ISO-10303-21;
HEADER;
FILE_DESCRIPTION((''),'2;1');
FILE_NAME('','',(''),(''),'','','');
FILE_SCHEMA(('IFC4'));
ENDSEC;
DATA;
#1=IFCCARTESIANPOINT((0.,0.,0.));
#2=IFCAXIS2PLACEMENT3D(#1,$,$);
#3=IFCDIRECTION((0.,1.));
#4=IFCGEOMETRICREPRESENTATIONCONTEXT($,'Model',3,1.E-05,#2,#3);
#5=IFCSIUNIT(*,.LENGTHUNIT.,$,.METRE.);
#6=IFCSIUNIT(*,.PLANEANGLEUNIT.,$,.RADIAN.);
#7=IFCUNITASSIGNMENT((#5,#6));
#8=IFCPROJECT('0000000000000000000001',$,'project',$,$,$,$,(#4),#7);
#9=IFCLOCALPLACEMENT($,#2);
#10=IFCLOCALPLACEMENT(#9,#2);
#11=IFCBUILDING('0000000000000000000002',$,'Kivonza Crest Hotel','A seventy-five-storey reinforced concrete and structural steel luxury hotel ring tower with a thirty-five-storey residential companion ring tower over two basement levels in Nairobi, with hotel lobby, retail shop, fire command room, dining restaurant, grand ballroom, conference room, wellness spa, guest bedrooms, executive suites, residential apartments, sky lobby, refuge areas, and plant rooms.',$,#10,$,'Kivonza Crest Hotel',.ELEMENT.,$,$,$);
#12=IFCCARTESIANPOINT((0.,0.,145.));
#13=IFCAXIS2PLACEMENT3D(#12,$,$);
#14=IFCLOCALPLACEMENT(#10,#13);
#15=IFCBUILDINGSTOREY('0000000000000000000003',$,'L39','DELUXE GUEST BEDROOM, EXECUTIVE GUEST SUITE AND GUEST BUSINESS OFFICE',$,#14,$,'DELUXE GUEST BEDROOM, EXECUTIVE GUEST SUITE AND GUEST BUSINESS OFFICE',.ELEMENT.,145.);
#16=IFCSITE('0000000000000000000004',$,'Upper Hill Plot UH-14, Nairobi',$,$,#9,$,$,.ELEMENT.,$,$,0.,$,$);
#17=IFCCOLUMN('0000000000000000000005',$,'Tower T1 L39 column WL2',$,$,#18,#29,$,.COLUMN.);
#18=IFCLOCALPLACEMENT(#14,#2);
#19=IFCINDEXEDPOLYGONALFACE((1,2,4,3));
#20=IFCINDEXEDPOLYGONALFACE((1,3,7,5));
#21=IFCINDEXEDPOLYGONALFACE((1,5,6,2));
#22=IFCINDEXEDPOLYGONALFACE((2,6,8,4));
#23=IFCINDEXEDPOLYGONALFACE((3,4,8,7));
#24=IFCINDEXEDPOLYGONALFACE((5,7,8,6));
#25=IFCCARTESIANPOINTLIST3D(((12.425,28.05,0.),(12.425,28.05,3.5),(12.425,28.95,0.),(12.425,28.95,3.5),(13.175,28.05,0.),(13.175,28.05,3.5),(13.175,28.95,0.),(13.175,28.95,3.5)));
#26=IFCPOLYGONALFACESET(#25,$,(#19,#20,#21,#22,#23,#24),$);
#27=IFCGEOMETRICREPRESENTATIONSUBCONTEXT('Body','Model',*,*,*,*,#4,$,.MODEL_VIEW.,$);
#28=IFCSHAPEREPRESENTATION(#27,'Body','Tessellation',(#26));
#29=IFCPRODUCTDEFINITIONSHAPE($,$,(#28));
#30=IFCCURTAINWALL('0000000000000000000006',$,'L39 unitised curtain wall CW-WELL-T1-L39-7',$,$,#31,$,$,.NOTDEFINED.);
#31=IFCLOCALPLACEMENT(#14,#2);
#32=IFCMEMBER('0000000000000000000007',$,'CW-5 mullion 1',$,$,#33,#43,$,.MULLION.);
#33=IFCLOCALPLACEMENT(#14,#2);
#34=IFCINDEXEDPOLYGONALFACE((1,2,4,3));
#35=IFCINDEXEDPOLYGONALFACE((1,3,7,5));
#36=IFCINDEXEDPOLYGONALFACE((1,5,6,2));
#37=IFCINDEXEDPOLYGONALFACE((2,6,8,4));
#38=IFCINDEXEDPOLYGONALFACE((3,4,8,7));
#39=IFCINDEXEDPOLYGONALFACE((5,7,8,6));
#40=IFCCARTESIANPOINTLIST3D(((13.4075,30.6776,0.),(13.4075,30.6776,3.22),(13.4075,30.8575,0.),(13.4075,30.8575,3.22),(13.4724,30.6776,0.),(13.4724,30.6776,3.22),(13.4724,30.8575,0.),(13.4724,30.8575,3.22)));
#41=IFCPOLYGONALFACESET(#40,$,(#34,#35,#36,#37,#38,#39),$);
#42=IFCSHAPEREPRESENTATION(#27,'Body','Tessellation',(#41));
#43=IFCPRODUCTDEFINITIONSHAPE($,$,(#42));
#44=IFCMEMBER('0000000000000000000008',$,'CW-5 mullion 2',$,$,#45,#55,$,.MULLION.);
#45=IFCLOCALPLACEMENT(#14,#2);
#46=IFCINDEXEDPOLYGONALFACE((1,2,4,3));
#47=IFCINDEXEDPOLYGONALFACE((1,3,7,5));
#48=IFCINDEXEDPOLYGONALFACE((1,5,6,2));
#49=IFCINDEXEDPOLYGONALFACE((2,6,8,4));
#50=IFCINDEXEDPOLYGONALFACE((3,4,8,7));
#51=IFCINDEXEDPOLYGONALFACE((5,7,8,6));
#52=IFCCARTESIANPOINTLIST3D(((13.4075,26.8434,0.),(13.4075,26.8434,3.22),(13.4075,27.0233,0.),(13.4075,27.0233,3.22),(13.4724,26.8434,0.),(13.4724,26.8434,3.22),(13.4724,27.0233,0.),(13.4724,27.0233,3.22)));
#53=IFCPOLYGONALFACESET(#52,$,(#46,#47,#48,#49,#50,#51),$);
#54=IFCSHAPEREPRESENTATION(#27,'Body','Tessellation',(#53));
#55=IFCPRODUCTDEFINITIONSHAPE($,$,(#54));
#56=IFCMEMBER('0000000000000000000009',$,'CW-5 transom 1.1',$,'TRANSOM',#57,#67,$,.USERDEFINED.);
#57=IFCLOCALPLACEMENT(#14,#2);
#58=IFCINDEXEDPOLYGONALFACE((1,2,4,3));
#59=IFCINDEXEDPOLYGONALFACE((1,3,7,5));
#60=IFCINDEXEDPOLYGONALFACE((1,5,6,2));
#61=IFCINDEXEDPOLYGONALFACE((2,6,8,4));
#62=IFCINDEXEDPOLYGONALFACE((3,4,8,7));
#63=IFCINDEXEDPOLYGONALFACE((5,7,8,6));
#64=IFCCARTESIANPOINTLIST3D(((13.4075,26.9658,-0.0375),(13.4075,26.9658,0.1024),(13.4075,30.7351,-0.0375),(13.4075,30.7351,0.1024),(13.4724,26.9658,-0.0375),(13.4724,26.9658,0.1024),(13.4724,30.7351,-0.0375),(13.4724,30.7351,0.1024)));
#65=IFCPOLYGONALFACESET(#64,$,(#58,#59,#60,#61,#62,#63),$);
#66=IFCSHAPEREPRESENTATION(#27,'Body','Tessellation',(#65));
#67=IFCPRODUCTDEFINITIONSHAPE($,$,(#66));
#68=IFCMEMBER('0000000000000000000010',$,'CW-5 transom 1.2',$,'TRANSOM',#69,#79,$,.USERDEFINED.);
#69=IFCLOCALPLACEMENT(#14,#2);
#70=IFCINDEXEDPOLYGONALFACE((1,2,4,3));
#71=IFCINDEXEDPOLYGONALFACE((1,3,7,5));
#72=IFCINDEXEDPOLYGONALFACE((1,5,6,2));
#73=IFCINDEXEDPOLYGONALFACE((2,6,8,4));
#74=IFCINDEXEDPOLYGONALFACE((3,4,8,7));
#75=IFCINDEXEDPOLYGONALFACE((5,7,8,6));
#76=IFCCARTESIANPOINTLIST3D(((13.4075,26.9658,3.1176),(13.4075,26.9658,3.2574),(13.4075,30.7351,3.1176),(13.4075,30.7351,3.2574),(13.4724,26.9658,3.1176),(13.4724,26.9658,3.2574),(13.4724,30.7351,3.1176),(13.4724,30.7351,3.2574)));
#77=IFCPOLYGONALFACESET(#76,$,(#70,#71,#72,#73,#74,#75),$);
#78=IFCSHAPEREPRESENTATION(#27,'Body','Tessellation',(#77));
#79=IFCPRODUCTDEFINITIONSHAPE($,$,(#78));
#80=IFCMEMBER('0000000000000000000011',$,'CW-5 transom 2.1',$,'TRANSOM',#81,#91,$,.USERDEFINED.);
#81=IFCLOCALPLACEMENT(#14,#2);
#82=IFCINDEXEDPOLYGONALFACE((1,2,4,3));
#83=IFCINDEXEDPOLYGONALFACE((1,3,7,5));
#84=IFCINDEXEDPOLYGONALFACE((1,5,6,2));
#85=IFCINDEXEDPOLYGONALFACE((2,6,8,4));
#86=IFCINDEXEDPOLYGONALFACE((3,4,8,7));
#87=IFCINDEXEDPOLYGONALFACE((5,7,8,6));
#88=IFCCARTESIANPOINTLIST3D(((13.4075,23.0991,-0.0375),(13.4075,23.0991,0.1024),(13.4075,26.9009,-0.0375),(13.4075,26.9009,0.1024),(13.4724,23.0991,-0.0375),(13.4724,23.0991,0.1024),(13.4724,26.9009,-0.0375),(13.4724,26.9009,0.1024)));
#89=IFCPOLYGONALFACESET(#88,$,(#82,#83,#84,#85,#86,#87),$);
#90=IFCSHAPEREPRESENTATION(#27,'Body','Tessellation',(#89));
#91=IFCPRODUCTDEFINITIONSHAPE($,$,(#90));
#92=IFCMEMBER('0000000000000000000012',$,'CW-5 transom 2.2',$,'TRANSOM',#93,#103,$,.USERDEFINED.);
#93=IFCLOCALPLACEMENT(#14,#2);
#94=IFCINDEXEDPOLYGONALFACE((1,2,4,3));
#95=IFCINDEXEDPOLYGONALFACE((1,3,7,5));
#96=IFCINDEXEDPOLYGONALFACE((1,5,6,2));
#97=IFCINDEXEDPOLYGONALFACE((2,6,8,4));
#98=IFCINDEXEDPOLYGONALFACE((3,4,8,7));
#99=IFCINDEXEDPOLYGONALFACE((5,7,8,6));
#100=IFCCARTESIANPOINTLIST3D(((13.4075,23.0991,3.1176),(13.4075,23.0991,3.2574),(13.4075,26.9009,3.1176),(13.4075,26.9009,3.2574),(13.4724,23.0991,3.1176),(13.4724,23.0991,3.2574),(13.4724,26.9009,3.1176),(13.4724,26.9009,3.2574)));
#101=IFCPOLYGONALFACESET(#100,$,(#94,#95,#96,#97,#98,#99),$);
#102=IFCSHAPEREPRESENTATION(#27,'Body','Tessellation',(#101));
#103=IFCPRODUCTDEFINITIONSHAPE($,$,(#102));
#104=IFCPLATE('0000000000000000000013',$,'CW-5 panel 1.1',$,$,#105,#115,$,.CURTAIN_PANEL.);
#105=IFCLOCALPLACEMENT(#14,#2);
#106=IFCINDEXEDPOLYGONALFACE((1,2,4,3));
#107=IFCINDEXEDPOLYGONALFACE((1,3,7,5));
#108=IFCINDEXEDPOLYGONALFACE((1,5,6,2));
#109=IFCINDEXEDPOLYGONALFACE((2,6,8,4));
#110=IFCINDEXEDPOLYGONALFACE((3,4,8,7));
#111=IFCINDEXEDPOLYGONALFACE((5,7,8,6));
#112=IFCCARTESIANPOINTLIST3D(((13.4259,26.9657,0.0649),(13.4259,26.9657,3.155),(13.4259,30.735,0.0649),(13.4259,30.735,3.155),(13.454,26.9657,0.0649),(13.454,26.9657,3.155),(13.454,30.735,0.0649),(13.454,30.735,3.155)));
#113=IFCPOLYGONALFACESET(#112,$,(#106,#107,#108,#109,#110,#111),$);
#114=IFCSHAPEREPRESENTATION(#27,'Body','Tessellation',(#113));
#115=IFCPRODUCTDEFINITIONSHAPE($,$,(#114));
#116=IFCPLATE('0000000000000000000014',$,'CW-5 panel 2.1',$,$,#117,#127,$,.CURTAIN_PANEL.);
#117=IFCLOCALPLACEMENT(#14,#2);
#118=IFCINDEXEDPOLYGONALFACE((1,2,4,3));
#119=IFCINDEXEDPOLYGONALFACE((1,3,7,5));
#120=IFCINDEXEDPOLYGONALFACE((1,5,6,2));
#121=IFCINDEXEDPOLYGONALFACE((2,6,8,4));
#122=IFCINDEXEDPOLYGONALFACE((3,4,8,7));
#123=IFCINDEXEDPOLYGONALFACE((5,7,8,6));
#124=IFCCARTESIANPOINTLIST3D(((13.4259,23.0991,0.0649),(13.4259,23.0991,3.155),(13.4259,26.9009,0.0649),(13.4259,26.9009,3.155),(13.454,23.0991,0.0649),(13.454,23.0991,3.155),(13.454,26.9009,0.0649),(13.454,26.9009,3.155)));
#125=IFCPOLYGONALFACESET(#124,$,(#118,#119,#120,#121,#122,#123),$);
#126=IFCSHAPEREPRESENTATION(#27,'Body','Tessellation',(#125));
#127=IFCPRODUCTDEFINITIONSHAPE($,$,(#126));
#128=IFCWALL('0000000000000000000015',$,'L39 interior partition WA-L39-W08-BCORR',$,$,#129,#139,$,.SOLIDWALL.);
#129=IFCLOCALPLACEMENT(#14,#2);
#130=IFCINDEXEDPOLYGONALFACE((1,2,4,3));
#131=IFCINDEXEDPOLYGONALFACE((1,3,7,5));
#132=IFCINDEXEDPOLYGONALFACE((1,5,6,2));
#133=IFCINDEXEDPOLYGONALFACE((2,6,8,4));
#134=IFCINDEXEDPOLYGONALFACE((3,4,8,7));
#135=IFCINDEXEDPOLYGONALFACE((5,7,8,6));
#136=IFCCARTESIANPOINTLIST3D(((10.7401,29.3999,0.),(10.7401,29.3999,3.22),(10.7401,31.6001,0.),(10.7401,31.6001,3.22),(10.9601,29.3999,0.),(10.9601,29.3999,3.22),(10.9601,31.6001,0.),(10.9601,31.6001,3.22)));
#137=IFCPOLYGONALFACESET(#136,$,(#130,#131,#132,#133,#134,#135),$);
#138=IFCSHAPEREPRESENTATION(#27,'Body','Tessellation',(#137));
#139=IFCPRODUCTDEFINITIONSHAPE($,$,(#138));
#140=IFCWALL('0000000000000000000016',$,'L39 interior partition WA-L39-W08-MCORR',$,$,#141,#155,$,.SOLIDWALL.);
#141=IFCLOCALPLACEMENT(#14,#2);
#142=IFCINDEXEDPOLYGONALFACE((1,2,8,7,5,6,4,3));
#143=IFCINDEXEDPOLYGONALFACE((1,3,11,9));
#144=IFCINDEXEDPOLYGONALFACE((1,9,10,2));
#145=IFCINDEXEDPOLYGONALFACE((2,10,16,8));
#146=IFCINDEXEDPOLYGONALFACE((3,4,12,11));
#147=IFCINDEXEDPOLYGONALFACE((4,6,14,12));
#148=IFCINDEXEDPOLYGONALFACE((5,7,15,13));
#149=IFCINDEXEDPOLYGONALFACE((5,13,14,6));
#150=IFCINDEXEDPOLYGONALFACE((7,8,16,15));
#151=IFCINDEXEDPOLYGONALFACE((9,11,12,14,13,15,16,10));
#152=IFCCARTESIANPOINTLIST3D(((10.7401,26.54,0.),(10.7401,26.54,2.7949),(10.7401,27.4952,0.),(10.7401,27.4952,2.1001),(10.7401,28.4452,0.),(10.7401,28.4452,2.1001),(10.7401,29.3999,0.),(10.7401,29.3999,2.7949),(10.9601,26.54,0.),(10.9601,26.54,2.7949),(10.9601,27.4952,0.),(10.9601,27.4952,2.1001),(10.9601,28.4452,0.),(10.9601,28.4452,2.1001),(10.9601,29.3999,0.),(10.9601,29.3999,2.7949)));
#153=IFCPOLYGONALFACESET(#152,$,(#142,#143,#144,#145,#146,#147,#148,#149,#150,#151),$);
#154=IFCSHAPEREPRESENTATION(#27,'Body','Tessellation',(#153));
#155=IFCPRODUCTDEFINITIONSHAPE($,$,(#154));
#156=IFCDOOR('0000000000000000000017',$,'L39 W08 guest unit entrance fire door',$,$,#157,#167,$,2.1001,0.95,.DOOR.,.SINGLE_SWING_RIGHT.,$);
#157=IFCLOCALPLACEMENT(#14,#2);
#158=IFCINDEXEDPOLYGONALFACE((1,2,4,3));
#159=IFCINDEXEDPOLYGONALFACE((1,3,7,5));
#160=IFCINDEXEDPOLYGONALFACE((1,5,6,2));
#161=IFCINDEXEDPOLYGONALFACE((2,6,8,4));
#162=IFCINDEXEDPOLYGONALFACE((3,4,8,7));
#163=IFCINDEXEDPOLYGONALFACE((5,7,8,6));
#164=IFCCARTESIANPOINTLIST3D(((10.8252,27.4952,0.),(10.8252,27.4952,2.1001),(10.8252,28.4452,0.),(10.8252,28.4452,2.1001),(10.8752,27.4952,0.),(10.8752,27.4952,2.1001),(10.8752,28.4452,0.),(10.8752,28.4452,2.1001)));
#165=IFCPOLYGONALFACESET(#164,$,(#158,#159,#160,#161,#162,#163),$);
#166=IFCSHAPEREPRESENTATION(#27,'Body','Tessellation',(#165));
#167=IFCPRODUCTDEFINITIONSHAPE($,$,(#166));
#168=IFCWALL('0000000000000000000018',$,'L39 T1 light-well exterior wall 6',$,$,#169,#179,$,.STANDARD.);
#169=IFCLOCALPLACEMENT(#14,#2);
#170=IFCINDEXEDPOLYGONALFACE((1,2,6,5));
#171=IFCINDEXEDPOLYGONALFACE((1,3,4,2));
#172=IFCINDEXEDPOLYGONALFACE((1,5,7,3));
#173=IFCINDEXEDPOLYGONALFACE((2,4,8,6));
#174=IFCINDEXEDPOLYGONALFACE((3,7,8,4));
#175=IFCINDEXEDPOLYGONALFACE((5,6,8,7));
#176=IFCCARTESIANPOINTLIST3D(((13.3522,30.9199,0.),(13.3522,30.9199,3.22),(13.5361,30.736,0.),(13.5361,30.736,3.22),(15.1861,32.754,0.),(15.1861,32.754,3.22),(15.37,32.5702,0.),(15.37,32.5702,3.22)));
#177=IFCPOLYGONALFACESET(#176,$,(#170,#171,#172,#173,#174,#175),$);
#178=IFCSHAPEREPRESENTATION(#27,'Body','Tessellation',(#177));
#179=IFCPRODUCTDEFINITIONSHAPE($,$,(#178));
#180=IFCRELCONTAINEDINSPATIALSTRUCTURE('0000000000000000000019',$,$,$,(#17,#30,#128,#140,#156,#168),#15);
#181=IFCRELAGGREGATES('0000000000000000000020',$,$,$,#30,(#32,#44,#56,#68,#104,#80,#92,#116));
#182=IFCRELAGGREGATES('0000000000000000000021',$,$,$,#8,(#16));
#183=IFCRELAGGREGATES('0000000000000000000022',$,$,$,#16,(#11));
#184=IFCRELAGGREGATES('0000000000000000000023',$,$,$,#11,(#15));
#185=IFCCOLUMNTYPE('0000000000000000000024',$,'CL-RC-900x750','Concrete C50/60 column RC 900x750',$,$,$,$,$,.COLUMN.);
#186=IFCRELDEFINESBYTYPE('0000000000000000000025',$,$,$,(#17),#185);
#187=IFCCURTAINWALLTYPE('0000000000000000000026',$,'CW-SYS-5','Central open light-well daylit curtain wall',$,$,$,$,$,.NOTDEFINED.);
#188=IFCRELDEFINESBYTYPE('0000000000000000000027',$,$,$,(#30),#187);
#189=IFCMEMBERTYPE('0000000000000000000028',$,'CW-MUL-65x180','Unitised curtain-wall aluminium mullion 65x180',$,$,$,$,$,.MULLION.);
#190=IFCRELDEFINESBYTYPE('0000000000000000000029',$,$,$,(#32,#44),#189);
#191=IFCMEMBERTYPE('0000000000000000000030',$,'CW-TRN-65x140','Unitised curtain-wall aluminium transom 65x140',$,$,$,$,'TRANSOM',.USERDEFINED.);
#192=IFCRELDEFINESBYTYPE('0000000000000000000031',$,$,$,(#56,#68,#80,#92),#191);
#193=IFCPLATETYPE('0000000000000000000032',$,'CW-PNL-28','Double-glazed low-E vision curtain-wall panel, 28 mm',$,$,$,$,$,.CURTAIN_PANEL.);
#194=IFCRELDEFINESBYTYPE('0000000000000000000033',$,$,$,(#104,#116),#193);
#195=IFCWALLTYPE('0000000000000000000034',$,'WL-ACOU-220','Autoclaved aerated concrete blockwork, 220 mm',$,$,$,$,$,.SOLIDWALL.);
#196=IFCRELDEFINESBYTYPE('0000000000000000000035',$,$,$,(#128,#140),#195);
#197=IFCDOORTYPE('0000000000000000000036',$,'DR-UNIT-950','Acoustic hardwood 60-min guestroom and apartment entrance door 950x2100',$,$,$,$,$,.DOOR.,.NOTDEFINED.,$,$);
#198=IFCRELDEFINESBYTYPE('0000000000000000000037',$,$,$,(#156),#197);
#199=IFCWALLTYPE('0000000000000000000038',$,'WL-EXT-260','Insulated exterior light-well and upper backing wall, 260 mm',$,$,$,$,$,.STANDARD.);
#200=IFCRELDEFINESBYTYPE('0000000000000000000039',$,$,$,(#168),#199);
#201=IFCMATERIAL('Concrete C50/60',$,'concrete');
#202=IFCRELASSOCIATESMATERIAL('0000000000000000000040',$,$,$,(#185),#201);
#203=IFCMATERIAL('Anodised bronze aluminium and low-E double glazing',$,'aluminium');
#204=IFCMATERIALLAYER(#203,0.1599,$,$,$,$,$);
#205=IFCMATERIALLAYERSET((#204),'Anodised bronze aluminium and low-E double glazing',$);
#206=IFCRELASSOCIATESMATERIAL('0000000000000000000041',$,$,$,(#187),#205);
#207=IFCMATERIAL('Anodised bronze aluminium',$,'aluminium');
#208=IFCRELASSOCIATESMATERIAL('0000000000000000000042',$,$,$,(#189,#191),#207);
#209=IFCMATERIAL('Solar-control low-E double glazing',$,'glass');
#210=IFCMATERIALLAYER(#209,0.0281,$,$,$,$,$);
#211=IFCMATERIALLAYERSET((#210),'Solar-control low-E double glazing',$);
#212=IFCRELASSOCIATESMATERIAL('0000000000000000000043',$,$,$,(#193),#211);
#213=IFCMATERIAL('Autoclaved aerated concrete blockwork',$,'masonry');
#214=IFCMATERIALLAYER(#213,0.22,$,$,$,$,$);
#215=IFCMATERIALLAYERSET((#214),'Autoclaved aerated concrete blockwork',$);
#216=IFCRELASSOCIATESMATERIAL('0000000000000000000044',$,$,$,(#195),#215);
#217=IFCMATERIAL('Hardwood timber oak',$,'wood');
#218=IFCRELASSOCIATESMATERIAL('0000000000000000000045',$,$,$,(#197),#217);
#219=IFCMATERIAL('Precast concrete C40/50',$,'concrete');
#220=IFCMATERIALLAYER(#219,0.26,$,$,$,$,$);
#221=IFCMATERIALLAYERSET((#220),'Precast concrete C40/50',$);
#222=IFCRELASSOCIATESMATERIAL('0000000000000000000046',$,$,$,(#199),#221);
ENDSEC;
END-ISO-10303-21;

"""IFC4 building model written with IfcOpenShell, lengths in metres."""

from ifc_helpers import new_model, si_unit, direction, frame, frame_2d, origin, origin_2d, place, context, subcontext, project, spatial, rectangle, extrude, material, layer, layer_set, material_profile, profile_set, type_object, element, fill, aggregate, save


model = new_model("IFC4")

# Units and contexts
model_context = context("Model", 3, precision=1e-05, world=origin(), true_north=direction((0.0, 1.0)))
body_context = subcontext(model_context, "Body", "Model", "MODEL_VIEW")
ifc_project = project(units=[si_unit("LENGTHUNIT", "METRE"), si_unit("PLANEANGLEUNIT", "RADIAN")], contexts=[model_context])

# Site, building, storey
site_placement = place(None, origin())
site = spatial("IfcSite", under=ifc_project, at=site_placement, Name="Upper Hill Plot UH-14, Nairobi", CompositionType="ELEMENT", RefElevation=0.0)
building_placement = place(site_placement, origin())
building = spatial("IfcBuilding", under=site, at=building_placement, Name="Kivonza Crest Hotel", Description="A seventy-five-storey reinforced concrete and structural steel luxury hotel ring tower with a thirty-five-storey residential companion ring tower over two basement levels in Nairobi, with hotel lobby, retail shop, fire command room, dining restaurant, grand ballroom, conference room, wellness spa, guest bedrooms, executive suites, residential apartments, sky lobby, refuge areas, and plant rooms.", LongName="Kivonza Crest Hotel", CompositionType="ELEMENT")
storey_placement = place(building_placement, frame((0.0, 0.0, 145.0)))
storey = spatial("IfcBuildingStorey", under=building, at=storey_placement, Name="L39", Description="DELUXE GUEST BEDROOM, EXECUTIVE GUEST SUITE AND GUEST BUSINESS OFFICE", LongName="DELUXE GUEST BEDROOM, EXECUTIVE GUEST SUITE AND GUEST BUSINESS OFFICE", CompositionType="ELEMENT", Elevation=145.0)

# Column
ifc_material_1 = material(Name="Concrete C50/60", Category="concrete")
ifc_material_profile_1 = material_profile(ifc_material_1, rectangle(XDim=0.75, YDim=0.8999, at=origin_2d()), Name="RC 900x750")
ifc_profile_set_1 = profile_set([ifc_material_profile_1], Name="Concrete C50/60")
column_type = type_object("IfcColumnType", Name="CL-RC-900x750", Description="Concrete C50/60 column RC 900x750", PredefinedType="COLUMN", material=ifc_profile_set_1)
column_placement = place(storey_placement, frame((12.8, 28.5, 0.0), z_axis=(0.0, 0.0, 1.0), x_axis=(1.0, 0.0, 0.0)))
element("IfcColumn", 1, at=column_placement, inside=storey, type_object=column_type, Name="Tower T1 L39 column WL2", PredefinedType="COLUMN", context=body_context, shape_type="SweptSolid", body=[
    extrude(rectangle(XDim=0.75, YDim=0.8999, at=origin_2d()), origin(), (0.0, 0.0, 1.0), 3.5),
])

# Curtain wall, members, plates
ifc_material_2 = material(Name="Anodised bronze aluminium and low-E double glazing", Category="aluminium")
ifc_layer_1 = layer(ifc_material_2, 0.1599)
ifc_layer_set_1 = layer_set([ifc_layer_1], Name="Anodised bronze aluminium and low-E double glazing")
curtain_wall_type = type_object("IfcCurtainWallType", Name="CW-SYS-5", Description="Central open light-well daylit curtain wall", PredefinedType="NOTDEFINED", material=ifc_layer_set_1)
curtain_wall_placement = place(storey_placement, origin())
curtain_wall = element("IfcCurtainWall", 2, at=curtain_wall_placement, inside=storey, type_object=curtain_wall_type, Name="L39 unitised curtain wall CW-WELL-T1-L39-7", PredefinedType="NOTDEFINED")
ifc_material_3 = material(Name="Anodised bronze aluminium", Category="aluminium")
ifc_material_profile_2 = material_profile(ifc_material_3, rectangle(XDim=0.0649, YDim=0.1799, at=origin_2d()), Name="CW-M 65x180")
ifc_profile_set_2 = profile_set([ifc_material_profile_2], Name="Anodised bronze aluminium")
member_type_1 = type_object("IfcMemberType", Name="CW-MUL-65x180", Description="Unitised curtain-wall aluminium mullion 65x180", PredefinedType="MULLION", material=ifc_profile_set_2)
member_1_placement = place(storey_placement, frame((13.4399, 30.7676, 0.0), z_axis=(0.0, 0.0, 1.0), x_axis=(1.0, 0.0, 0.0)))
member_1 = element("IfcMember", 3, at=member_1_placement, type_object=member_type_1, Name="CW-5 mullion 1", PredefinedType="MULLION", context=body_context, shape_type="SweptSolid", body=[
    extrude(rectangle(XDim=0.0649, YDim=0.1799, at=origin_2d()), origin(), (0.0, 0.0, 1.0), 3.22),
])
member_2_placement = place(storey_placement, frame((13.4399, 26.9333, 0.0), z_axis=(0.0, 0.0, 1.0), x_axis=(1.0, 0.0, 0.0)))
member_2 = element("IfcMember", 4, at=member_2_placement, type_object=member_type_1, Name="CW-5 mullion 2", PredefinedType="MULLION", context=body_context, shape_type="SweptSolid", body=[
    extrude(rectangle(XDim=0.0649, YDim=0.1799, at=origin_2d()), origin(), (0.0, 0.0, 1.0), 3.22),
])
ifc_material_profile_3 = material_profile(ifc_material_3, rectangle(XDim=0.0649, YDim=0.1399, at=origin_2d()), Name="CW-T 65x140")
ifc_profile_set_3 = profile_set([ifc_material_profile_3], Name="Anodised bronze aluminium")
member_type_2 = type_object("IfcMemberType", Name="CW-TRN-65x140", Description="Unitised curtain-wall aluminium transom 65x140", ElementType="TRANSOM", PredefinedType="USERDEFINED", material=ifc_profile_set_3)
member_3_placement = place(storey_placement, frame((13.4399, 30.7351, 0.0325), z_axis=(0.0, -1.0, 0.0), x_axis=(1.0, 0.0, 0.0)))
member_3 = element("IfcMember", 5, at=member_3_placement, type_object=member_type_2, Name="CW-5 transom 1.1", ObjectType="TRANSOM", PredefinedType="USERDEFINED", context=body_context, shape_type="SweptSolid", body=[
    extrude(rectangle(XDim=0.0649, YDim=0.1399, at=origin_2d()), origin(), (0.0, 0.0, 1.0), 3.7693),
])
member_4_placement = place(storey_placement, frame((13.4399, 30.7351, 3.1875), z_axis=(0.0, -1.0, 0.0), x_axis=(1.0, 0.0, 0.0)))
member_4 = element("IfcMember", 6, at=member_4_placement, type_object=member_type_2, Name="CW-5 transom 1.2", ObjectType="TRANSOM", PredefinedType="USERDEFINED", context=body_context, shape_type="SweptSolid", body=[
    extrude(rectangle(XDim=0.0649, YDim=0.1399, at=origin_2d()), origin(), (0.0, 0.0, 1.0), 3.7693),
])
member_5_placement = place(storey_placement, frame((13.4399, 26.9009, 0.0325), z_axis=(0.0, -1.0, 0.0), x_axis=(1.0, 0.0, 0.0)))
member_5 = element("IfcMember", 7, at=member_5_placement, type_object=member_type_2, Name="CW-5 transom 2.1", ObjectType="TRANSOM", PredefinedType="USERDEFINED", context=body_context, shape_type="SweptSolid", body=[
    extrude(rectangle(XDim=0.0649, YDim=0.1399, at=origin_2d()), origin(), (0.0, 0.0, 1.0), 3.8018),
])
member_6_placement = place(storey_placement, frame((13.4399, 26.9009, 3.1875), z_axis=(0.0, -1.0, 0.0), x_axis=(1.0, 0.0, 0.0)))
member_6 = element("IfcMember", 8, at=member_6_placement, type_object=member_type_2, Name="CW-5 transom 2.2", ObjectType="TRANSOM", PredefinedType="USERDEFINED", context=body_context, shape_type="SweptSolid", body=[
    extrude(rectangle(XDim=0.0649, YDim=0.1399, at=origin_2d()), origin(), (0.0, 0.0, 1.0), 3.8018),
])
ifc_material_4 = material(Name="Solar-control low-E double glazing", Category="glass")
ifc_layer_2 = layer(ifc_material_4, 0.0281)
ifc_layer_set_2 = layer_set([ifc_layer_2], Name="Solar-control low-E double glazing")
plate_type = type_object("IfcPlateType", Name="CW-PNL-28", Description="Double-glazed low-E vision curtain-wall panel, 28 mm", PredefinedType="CURTAIN_PANEL", material=ifc_layer_set_2)
plate_1_placement = place(storey_placement, frame((13.4399, 28.8503, 0.0649), z_axis=(0.0, 0.0, 1.0), x_axis=(0.0, -1.0, 0.0)))
plate_1 = element("IfcPlate", 9, at=plate_1_placement, type_object=plate_type, Name="CW-5 panel 1.1", PredefinedType="CURTAIN_PANEL", context=body_context, shape_type="SweptSolid", body=[
    extrude(rectangle(XDim=3.7693, YDim=0.0281, at=origin_2d()), origin(), (0.0, 0.0, 1.0), 3.0901),
])
plate_2_placement = place(storey_placement, frame((13.4399, 25.0, 0.0649), z_axis=(0.0, 0.0, 1.0), x_axis=(0.0, -1.0, 0.0)))
plate_2 = element("IfcPlate", 10, at=plate_2_placement, type_object=plate_type, Name="CW-5 panel 2.1", PredefinedType="CURTAIN_PANEL", context=body_context, shape_type="SweptSolid", body=[
    extrude(rectangle(XDim=3.8018, YDim=0.0281, at=origin_2d()), origin(), (0.0, 0.0, 1.0), 3.0901),
])
aggregate(curtain_wall, [member_1, member_2, member_3, member_4, plate_1, member_5, member_6, plate_2])

# Wall
ifc_material_5 = material(Name="Autoclaved aerated concrete blockwork", Category="masonry")
ifc_layer_3 = layer(ifc_material_5, 0.22)
ifc_layer_set_3 = layer_set([ifc_layer_3], Name="Autoclaved aerated concrete blockwork")
wall_type_1 = type_object("IfcWallType", Name="WL-ACOU-220", Description="Autoclaved aerated concrete blockwork, 220 mm", PredefinedType="SOLIDWALL", material=ifc_layer_set_3)
wall_1_placement = place(storey_placement, frame((10.8501, 29.3999, 0.0), z_axis=(0.0, 0.0, 1.0), x_axis=(0.0, 1.0, 0.0)))
element("IfcWall", 11, at=wall_1_placement, inside=storey, type_object=wall_type_1, Name="L39 interior partition WA-L39-W08-BCORR", PredefinedType="SOLIDWALL", context=body_context, shape_type="SweptSolid", body=[
    extrude(rectangle(XDim=2.2002, YDim=0.22, at=frame_2d((1.1001, 0.0))), origin(), (0.0, 0.0, 1.0), 3.22),
])

# Wall, opening, door
wall_2_placement = place(storey_placement, frame((10.8501, 26.54, 0.0), z_axis=(0.0, 0.0, 1.0), x_axis=(0.0, 1.0, 0.0)))
wall_2 = element("IfcWall", 12, at=wall_2_placement, inside=storey, type_object=wall_type_1, Name="L39 interior partition WA-L39-W08-MCORR", PredefinedType="SOLIDWALL", context=body_context, shape_type="SweptSolid", body=[
    extrude(rectangle(XDim=2.8599, YDim=0.22, at=frame_2d((1.4299, 0.0))), origin(), (0.0, 0.0, 1.0), 2.7949),
])
opening_1_placement = place(wall_2_placement, frame((0.9551, 0.0, 0.0)))
opening_1 = element("IfcOpeningElement", 13, at=opening_1_placement, cuts=wall_2, PredefinedType="OPENING", context=body_context, shape_type="SweptSolid", body=[
    extrude(rectangle(XDim=0.95, YDim=2.1001, at=frame_2d((0.4751, 1.05))), frame((0.0, 0.1201, 0.0), z_axis=(0.0, -1.0, 0.0), x_axis=(1.0, 0.0, 0.0)), (0.0, 0.0, 1.0), 0.24),
])
ifc_material_6 = material(Name="Hardwood timber oak", Category="wood")
door_type_1 = type_object("IfcDoorType", Name="DR-UNIT-950", Description="Acoustic hardwood 60-min guestroom and apartment entrance door 950x2100", OperationType="NOTDEFINED", PredefinedType="DOOR", material=ifc_material_6)
door_1_placement = place(opening_1_placement, origin())
door_1 = element("IfcDoor", 14, at=door_1_placement, inside=storey, type_object=door_type_1, Name="L39 W08 guest unit entrance fire door", OperationType="SINGLE_SWING_RIGHT", OverallHeight=2.1001, OverallWidth=0.95, PredefinedType="DOOR", context=body_context, shape_type="SweptSolid", body=[
    extrude(rectangle(XDim=0.95, YDim=2.1001, at=frame_2d((0.4751, 1.05))), frame((0.0, 0.0249, 0.0), z_axis=(0.0, -1.0, 0.0), x_axis=(1.0, 0.0, 0.0)), (0.0, 0.0, 1.0), 0.05),
])
fill(opening_1, door_1)

# Wall
ifc_material_7 = material(Name="Precast concrete C40/50", Category="concrete")
ifc_layer_4 = layer(ifc_material_7, 0.26)
ifc_layer_set_4 = layer_set([ifc_layer_4], Name="Precast concrete C40/50")
wall_type_2 = type_object("IfcWallType", Name="WL-EXT-260", Description="Insulated exterior light-well and upper backing wall, 260 mm", PredefinedType="STANDARD", material=ifc_layer_set_4)
wall_3_placement = place(storey_placement, frame((15.2781, 32.6621, 0.0), z_axis=(0.0, 0.0, 1.0), x_axis=(-0.70706, -0.707154, 0.0)))
element("IfcWall", 15, at=wall_3_placement, inside=storey, type_object=wall_type_2, Name="L39 T1 light-well exterior wall 6", PredefinedType="STANDARD", context=body_context, shape_type="SweptSolid", body=[
    extrude(rectangle(XDim=2.5938, YDim=0.26, at=frame_2d((1.2969, 0.0))), origin(), (0.0, 0.0, 1.0), 3.22),
])

save(model, "model.ifc")
